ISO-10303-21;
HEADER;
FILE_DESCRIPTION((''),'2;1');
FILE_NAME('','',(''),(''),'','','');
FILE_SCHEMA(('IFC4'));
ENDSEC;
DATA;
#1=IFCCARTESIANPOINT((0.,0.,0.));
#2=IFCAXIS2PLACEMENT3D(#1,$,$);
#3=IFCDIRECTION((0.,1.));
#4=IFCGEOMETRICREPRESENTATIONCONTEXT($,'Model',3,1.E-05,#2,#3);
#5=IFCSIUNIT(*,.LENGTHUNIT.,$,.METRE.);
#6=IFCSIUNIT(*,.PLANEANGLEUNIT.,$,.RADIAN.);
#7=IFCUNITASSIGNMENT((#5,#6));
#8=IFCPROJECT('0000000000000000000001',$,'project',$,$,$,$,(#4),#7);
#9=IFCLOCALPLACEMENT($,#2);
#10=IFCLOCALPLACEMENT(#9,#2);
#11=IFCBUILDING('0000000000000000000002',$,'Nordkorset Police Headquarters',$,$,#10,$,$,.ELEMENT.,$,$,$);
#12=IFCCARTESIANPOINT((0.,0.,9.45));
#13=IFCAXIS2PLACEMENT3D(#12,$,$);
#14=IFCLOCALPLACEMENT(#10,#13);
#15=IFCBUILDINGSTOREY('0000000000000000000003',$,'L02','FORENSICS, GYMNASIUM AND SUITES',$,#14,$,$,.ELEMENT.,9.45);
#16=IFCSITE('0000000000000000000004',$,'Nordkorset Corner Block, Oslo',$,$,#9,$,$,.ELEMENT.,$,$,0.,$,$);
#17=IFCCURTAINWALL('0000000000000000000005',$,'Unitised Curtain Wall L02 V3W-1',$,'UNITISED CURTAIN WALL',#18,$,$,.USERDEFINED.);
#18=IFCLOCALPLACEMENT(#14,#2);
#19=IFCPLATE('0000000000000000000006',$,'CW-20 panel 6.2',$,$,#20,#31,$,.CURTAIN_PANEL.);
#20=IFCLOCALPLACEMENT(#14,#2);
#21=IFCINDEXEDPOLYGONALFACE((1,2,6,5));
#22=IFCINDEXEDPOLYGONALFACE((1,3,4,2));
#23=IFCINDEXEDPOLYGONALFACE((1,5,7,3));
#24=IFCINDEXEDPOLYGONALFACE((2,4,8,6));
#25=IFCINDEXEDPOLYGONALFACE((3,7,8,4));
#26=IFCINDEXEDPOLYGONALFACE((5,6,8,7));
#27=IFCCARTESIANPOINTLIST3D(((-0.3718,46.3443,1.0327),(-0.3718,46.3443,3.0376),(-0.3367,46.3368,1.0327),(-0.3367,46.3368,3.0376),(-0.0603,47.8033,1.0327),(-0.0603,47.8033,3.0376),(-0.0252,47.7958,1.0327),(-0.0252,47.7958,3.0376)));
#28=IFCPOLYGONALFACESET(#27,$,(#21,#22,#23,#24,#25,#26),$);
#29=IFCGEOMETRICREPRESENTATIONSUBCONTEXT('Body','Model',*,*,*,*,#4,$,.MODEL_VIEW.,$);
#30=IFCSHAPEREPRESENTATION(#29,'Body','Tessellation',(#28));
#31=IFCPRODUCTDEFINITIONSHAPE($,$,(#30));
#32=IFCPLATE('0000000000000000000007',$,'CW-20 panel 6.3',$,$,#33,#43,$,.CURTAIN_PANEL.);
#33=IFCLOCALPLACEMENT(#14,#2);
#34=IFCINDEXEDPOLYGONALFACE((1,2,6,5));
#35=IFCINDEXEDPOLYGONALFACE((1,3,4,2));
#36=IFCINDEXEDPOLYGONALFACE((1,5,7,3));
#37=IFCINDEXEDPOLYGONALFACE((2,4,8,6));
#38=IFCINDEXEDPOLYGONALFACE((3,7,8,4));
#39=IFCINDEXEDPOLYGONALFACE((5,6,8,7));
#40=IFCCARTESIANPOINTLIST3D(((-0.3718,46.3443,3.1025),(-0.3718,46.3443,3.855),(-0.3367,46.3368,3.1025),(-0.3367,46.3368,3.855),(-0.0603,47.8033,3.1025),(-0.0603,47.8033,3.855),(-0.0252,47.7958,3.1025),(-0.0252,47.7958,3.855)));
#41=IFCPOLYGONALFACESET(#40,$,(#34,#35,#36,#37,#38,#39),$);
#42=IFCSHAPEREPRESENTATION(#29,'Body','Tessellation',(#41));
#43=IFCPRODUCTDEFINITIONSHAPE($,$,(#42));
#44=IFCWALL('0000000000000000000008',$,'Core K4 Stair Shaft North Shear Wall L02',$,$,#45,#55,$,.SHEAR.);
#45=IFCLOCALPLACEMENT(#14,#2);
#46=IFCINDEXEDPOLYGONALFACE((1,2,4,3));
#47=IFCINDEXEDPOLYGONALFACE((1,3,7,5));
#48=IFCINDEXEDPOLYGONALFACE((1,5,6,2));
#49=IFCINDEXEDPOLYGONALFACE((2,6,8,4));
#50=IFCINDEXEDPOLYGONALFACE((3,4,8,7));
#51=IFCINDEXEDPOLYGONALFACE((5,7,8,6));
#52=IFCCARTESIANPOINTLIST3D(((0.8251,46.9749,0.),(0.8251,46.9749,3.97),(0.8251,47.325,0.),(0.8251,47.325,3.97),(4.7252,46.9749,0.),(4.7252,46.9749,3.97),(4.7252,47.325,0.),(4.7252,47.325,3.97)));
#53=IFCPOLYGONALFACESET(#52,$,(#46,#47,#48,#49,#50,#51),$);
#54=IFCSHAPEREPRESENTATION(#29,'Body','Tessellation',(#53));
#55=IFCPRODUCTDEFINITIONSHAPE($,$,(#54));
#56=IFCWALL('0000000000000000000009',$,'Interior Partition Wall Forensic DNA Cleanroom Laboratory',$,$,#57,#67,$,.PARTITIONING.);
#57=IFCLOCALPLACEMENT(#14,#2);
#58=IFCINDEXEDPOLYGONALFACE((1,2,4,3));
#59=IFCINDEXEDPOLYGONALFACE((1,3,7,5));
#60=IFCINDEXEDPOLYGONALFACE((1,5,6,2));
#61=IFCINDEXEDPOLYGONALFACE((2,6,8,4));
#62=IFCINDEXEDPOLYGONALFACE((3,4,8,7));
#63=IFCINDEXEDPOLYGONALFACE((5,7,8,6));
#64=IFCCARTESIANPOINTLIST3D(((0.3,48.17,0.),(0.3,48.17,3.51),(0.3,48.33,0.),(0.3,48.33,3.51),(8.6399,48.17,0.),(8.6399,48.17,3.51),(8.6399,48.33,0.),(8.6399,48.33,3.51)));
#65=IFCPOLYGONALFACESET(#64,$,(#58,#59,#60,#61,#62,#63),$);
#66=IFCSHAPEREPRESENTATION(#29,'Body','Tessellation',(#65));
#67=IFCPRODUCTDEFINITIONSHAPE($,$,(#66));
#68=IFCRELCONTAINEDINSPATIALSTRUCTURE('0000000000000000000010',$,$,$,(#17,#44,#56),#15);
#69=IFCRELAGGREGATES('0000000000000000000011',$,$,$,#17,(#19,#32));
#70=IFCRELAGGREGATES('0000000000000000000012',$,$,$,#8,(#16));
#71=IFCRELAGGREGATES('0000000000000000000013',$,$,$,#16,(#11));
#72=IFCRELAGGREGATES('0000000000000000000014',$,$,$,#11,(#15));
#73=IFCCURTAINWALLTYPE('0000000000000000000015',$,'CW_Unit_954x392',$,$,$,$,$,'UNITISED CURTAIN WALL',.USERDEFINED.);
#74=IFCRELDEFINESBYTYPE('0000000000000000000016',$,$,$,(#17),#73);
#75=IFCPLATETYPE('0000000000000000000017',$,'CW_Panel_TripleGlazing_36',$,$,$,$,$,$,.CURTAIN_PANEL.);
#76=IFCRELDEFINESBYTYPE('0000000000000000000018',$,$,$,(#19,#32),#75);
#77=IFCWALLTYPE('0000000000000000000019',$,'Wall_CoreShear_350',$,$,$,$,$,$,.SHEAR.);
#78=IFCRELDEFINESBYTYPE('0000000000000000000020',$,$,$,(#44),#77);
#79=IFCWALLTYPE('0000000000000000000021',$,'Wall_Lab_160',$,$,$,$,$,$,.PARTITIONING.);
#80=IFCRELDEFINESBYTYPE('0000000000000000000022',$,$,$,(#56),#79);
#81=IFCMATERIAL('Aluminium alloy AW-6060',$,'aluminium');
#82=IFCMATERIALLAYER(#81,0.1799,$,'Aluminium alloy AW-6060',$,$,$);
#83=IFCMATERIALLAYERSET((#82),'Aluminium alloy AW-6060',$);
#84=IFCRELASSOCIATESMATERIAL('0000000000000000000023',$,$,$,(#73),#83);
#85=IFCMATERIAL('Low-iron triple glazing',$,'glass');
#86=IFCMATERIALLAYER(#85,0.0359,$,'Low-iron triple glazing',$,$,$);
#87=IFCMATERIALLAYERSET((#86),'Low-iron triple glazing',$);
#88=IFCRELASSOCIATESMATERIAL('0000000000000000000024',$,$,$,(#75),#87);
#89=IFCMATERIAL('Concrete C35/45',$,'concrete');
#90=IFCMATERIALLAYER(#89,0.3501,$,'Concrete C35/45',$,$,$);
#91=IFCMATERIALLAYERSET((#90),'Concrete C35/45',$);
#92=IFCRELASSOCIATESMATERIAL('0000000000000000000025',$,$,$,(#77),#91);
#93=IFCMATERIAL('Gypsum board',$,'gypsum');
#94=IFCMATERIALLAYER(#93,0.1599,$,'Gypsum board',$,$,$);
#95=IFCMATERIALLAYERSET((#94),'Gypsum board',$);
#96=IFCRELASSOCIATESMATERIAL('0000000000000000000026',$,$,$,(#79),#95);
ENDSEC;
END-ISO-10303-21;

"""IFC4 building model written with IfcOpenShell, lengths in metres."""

from ifc_helpers import new_model, si_unit, direction, frame, frame_2d, origin, origin_2d, place, context, subcontext, project, spatial, rectangle, extrude, material, layer, layer_set, type_object, element, aggregate, save


model = new_model("IFC4")

# Units and contexts
model_context = context("Model", 3, precision=1e-05, world=origin(), true_north=direction((0.0, 1.0)))
body_context = subcontext(model_context, "Body", "Model", "MODEL_VIEW")
ifc_project = project(units=[si_unit("LENGTHUNIT", "METRE"), si_unit("PLANEANGLEUNIT", "RADIAN")], contexts=[model_context])

# Site, building, storey
site_placement = place(None, origin())
site = spatial("IfcSite", under=ifc_project, at=site_placement, Name="Nordkorset Corner Block, Oslo", CompositionType="ELEMENT", RefElevation=0.0)
building_placement = place(site_placement, origin())
building = spatial("IfcBuilding", under=site, at=building_placement, Name="Nordkorset Police Headquarters", CompositionType="ELEMENT")
storey_placement = place(building_placement, frame((0.0, 0.0, 9.45)))
storey = spatial("IfcBuildingStorey", under=building, at=storey_placement, Name="L02", Description="FORENSICS, GYMNASIUM AND SUITES", CompositionType="ELEMENT", Elevation=9.45)

# Curtain wall
ifc_material_1 = material(Name="Aluminium alloy AW-6060", Category="aluminium")
ifc_layer_1 = layer(ifc_material_1, 0.1799, Name="Aluminium alloy AW-6060")
ifc_layer_set_1 = layer_set([ifc_layer_1], Name="Aluminium alloy AW-6060")
curtain_wall_type_1 = type_object("IfcCurtainWallType", Name="CW_Unit_954x392", ElementType="UNITISED CURTAIN WALL", PredefinedType="USERDEFINED", material=ifc_layer_set_1)
curtain_wall_1_placement = place(storey_placement, origin())
curtain_wall_1 = element("IfcCurtainWall", 1, at=curtain_wall_1_placement, inside=storey, type_object=curtain_wall_type_1, Name="Unitised Curtain Wall L02 V3W-1", ObjectType="UNITISED CURTAIN WALL", PredefinedType="USERDEFINED")

# Plates
ifc_material_2 = material(Name="Low-iron triple glazing", Category="glass")
ifc_layer_2 = layer(ifc_material_2, 0.0359, Name="Low-iron triple glazing")
ifc_layer_set_2 = layer_set([ifc_layer_2], Name="Low-iron triple glazing")
plate_type = type_object("IfcPlateType", Name="CW_Panel_TripleGlazing_36", PredefinedType="CURTAIN_PANEL", material=ifc_layer_set_2)
plate_1_placement = place(storey_placement, frame((-0.1985, 47.0701, 1.0327), z_axis=(0.0, 0.0, 1.0), x_axis=(0.208833, 0.977951, 0.0)))
plate_1 = element("IfcPlate", 2, at=plate_1_placement, type_object=plate_type, Name="CW-20 panel 6.2", PredefinedType="CURTAIN_PANEL", context=body_context, shape_type="SweptSolid", body=[
    extrude(rectangle(XDim=1.4919, YDim=0.0359, at=origin_2d()), origin(), (0.0, 0.0, 1.0), 2.0049),
])
plate_2_placement = place(storey_placement, frame((-0.1985, 47.0701, 3.1025), z_axis=(0.0, 0.0, 1.0), x_axis=(0.208833, 0.977951, 0.0)))
plate_2 = element("IfcPlate", 3, at=plate_2_placement, type_object=plate_type, Name="CW-20 panel 6.3", PredefinedType="CURTAIN_PANEL", context=body_context, shape_type="SweptSolid", body=[
    extrude(rectangle(XDim=1.4919, YDim=0.0359, at=origin_2d()), origin(), (0.0, 0.0, 1.0), 0.7524),
])
aggregate(curtain_wall_1, [plate_1, plate_2])

# Walls
ifc_material_3 = material(Name="Concrete C35/45", Category="concrete")
ifc_layer_3 = layer(ifc_material_3, 0.3501, Name="Concrete C35/45")
ifc_layer_set_3 = layer_set([ifc_layer_3], Name="Concrete C35/45")
wall_type_1 = type_object("IfcWallType", Name="Wall_CoreShear_350", PredefinedType="SHEAR", material=ifc_layer_set_3)
wall_1_placement = place(storey_placement, frame((0.825, 47.1499, 0.0), z_axis=(0.0, 0.0, 1.0), x_axis=(1.0, 0.0, 0.0)))
element("IfcWall", 4, at=wall_1_placement, inside=storey, type_object=wall_type_1, Name="Core K4 Stair Shaft North Shear Wall L02", PredefinedType="SHEAR", context=body_context, shape_type="SweptSolid", body=[
    extrude(rectangle(XDim=3.9001, YDim=0.3501, at=frame_2d((1.9502, 0.0))), origin(), (0.0, 0.0, 1.0), 3.97),
])
ifc_material_4 = material(Name="Gypsum board", Category="gypsum")
ifc_layer_4 = layer(ifc_material_4, 0.1599, Name="Gypsum board")
ifc_layer_set_4 = layer_set([ifc_layer_4], Name="Gypsum board")
wall_type_2 = type_object("IfcWallType", Name="Wall_Lab_160", PredefinedType="PARTITIONING", material=ifc_layer_set_4)
wall_2_placement = place(storey_placement, frame((0.3, 48.25, 0.0), z_axis=(0.0, 0.0, 1.0), x_axis=(1.0, 0.0, 0.0)))
element("IfcWall", 5, at=wall_2_placement, inside=storey, type_object=wall_type_2, Name="Interior Partition Wall Forensic DNA Cleanroom Laboratory", PredefinedType="PARTITIONING", context=body_context, shape_type="SweptSolid", body=[
    extrude(rectangle(XDim=8.3398, YDim=0.1599, at=frame_2d((4.1699, 0.0))), origin(), (0.0, 0.0, 1.0), 3.51),
])

save(model, "model.ifc")
